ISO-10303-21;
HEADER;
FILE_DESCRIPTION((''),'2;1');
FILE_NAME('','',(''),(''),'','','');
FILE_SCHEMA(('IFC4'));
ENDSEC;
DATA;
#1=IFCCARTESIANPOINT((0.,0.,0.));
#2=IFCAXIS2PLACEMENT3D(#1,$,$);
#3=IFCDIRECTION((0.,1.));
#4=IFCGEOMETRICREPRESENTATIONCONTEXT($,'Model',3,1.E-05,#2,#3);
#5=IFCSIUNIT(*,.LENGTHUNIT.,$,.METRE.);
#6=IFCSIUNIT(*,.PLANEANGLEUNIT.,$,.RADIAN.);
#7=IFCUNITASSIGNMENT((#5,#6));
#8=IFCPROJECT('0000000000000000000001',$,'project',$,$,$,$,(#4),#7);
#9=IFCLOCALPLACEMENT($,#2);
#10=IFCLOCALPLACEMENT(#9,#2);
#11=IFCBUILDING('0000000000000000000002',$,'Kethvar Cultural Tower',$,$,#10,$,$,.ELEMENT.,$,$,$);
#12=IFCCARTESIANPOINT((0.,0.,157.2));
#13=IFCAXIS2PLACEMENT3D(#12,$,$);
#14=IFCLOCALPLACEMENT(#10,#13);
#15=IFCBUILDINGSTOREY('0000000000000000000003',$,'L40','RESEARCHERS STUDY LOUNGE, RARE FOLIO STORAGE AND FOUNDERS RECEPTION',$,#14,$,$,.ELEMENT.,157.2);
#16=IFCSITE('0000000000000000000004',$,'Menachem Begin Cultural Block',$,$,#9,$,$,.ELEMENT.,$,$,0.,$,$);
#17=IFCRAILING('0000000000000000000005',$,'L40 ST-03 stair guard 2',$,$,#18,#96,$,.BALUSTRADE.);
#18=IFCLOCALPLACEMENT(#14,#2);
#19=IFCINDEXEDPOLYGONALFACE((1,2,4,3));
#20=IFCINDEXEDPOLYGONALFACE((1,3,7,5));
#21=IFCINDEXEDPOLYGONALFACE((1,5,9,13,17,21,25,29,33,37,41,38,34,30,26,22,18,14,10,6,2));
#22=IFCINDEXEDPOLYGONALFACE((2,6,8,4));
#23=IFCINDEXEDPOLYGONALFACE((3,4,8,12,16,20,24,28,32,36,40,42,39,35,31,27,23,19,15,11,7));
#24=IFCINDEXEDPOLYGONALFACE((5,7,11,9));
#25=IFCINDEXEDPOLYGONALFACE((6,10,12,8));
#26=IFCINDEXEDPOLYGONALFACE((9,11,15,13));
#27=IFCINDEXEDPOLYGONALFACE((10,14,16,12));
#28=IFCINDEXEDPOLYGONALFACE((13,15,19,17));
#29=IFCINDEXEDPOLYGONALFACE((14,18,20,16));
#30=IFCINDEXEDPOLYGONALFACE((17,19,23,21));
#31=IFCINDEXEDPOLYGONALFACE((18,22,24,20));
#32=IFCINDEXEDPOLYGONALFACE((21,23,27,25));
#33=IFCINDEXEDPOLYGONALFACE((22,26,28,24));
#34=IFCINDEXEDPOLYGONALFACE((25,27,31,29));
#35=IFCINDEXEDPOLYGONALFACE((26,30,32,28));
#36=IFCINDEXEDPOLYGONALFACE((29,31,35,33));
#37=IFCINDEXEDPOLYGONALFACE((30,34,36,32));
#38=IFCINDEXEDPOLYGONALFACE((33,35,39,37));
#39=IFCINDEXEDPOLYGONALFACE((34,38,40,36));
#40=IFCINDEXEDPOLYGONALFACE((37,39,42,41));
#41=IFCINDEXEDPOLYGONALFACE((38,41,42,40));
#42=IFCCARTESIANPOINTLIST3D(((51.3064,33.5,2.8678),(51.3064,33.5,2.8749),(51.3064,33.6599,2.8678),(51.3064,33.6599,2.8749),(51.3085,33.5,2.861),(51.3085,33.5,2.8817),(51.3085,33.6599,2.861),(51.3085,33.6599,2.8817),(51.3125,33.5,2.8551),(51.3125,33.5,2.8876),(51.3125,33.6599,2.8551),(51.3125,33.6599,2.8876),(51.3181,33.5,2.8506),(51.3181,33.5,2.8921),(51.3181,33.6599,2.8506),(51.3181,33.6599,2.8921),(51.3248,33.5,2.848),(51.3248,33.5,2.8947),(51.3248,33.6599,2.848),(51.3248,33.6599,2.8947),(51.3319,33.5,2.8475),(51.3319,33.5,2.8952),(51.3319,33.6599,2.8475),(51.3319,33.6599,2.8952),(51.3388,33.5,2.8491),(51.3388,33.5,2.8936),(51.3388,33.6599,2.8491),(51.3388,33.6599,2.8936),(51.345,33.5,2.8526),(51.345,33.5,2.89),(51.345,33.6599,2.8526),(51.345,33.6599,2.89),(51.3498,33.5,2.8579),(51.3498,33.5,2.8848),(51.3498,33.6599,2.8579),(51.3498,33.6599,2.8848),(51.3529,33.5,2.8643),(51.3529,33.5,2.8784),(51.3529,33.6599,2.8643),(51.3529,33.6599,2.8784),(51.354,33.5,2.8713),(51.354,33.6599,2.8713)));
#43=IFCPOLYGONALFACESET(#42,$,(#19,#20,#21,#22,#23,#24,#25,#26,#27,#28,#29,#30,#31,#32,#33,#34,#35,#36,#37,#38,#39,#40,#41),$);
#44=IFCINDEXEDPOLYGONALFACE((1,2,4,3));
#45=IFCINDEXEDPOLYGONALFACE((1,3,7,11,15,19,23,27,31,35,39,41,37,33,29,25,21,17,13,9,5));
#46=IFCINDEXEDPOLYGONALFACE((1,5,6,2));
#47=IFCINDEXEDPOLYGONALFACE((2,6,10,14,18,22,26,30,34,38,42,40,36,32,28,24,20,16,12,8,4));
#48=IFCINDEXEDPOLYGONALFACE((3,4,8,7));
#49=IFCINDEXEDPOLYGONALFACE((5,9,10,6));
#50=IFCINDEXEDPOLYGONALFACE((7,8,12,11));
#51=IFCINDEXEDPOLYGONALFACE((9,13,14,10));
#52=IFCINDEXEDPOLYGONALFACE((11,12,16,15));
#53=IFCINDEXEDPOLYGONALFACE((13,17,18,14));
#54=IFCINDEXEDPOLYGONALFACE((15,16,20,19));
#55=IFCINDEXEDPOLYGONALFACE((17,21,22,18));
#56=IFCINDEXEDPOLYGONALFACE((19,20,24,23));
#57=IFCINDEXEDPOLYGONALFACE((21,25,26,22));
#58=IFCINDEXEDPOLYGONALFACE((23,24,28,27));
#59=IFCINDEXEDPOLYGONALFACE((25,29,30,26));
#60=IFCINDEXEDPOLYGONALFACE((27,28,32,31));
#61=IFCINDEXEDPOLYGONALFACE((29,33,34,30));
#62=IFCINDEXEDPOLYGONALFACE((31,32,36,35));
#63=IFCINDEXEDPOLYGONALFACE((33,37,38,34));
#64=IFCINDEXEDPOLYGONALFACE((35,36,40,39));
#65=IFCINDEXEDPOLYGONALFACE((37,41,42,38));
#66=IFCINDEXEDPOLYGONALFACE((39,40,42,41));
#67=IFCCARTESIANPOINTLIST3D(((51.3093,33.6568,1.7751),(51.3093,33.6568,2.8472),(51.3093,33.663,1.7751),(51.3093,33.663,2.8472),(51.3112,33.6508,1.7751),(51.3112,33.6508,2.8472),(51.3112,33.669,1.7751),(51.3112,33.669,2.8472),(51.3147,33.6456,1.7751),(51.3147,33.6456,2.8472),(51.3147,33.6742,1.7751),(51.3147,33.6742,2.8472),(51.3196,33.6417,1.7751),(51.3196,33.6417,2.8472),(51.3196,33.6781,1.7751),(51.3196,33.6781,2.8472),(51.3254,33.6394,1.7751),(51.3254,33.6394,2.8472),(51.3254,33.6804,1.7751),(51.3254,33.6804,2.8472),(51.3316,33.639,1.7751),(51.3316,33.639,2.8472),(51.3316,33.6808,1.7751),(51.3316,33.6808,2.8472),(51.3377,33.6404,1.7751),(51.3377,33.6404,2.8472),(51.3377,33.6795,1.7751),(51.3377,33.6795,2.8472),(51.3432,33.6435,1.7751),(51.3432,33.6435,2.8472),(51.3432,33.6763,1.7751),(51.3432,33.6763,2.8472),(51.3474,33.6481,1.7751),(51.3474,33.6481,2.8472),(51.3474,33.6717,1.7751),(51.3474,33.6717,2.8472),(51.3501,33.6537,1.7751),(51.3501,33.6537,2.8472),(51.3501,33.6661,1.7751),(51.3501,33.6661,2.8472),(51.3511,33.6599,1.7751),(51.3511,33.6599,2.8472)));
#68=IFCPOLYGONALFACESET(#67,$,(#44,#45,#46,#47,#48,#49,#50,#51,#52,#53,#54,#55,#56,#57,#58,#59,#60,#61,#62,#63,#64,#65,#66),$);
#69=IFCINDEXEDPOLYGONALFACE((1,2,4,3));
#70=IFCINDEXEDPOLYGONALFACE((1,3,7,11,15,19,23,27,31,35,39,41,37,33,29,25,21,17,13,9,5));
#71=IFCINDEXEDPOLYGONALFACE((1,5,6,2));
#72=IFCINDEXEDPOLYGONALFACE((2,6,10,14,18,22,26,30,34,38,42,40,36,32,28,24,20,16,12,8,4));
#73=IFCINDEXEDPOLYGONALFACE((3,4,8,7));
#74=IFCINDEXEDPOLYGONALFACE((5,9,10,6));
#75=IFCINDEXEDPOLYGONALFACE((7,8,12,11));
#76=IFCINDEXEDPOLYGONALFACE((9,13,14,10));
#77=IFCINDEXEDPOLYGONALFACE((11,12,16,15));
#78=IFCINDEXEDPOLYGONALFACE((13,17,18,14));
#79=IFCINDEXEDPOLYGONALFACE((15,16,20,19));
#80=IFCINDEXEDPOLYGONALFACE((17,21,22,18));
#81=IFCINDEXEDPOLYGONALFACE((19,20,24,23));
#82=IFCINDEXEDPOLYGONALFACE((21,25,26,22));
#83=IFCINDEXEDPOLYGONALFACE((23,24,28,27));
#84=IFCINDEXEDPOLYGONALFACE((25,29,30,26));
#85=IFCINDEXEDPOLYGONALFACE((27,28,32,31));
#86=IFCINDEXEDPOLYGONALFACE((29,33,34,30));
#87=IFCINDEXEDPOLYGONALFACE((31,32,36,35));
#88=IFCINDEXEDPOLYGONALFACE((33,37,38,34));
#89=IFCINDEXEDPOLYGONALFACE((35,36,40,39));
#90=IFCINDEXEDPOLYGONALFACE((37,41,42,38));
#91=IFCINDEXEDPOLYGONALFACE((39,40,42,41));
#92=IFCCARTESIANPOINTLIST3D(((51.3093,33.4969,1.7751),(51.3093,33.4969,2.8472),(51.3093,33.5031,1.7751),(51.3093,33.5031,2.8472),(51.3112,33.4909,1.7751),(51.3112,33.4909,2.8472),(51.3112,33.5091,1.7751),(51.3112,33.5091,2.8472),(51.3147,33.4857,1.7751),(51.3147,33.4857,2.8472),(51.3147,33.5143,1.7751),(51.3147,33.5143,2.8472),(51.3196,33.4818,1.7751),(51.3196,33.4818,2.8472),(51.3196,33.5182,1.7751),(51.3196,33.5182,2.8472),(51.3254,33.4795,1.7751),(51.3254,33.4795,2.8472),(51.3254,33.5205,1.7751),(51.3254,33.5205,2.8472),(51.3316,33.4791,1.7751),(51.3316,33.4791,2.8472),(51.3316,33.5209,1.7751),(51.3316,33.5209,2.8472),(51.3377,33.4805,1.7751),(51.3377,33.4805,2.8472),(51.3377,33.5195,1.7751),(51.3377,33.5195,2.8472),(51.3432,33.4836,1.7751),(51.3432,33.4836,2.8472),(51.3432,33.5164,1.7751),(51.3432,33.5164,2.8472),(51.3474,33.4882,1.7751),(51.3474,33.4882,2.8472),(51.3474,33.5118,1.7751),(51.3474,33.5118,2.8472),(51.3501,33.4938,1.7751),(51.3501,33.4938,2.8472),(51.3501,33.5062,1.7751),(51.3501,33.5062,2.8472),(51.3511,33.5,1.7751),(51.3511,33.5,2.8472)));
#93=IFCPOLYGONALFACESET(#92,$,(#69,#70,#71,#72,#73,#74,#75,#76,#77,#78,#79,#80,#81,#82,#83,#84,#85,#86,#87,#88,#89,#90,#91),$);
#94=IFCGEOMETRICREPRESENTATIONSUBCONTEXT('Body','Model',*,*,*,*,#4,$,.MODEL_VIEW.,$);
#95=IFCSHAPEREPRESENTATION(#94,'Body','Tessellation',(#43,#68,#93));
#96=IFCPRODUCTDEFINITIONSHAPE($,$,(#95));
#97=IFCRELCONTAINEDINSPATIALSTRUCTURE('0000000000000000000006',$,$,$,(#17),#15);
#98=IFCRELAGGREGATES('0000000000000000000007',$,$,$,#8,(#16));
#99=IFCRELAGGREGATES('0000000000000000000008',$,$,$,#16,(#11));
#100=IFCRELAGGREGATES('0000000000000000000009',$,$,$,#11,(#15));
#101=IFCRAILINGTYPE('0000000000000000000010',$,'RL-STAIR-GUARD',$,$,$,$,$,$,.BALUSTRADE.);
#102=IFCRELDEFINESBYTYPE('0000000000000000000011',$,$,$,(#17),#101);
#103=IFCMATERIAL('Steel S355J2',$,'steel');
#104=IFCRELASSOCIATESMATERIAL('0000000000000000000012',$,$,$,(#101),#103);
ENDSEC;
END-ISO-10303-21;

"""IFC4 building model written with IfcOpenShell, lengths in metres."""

from ifc_helpers import new_model, si_unit, direction, frame, origin, origin_2d, place, context, subcontext, project, spatial, circle, extrude, material, type_object, element, save


model = new_model("IFC4")

# Units and contexts
model_context = context("Model", 3, precision=1e-05, world=origin(), true_north=direction((0.0, 1.0)))
body_context = subcontext(model_context, "Body", "Model", "MODEL_VIEW")
ifc_project = project(units=[si_unit("LENGTHUNIT", "METRE"), si_unit("PLANEANGLEUNIT", "RADIAN")], contexts=[model_context])

# Site, building, storey
site_placement = place(None, origin())
site = spatial("IfcSite", under=ifc_project, at=site_placement, Name="Menachem Begin Cultural Block", CompositionType="ELEMENT", RefElevation=0.0)
building_placement = place(site_placement, origin())
building = spatial("IfcBuilding", under=site, at=building_placement, Name="Kethvar Cultural Tower", CompositionType="ELEMENT")
storey_placement = place(building_placement, frame((0.0, 0.0, 157.2)))
storey = spatial("IfcBuildingStorey", under=building, at=storey_placement, Name="L40", Description="RESEARCHERS STUDY LOUNGE, RARE FOLIO STORAGE AND FOUNDERS RECEPTION", CompositionType="ELEMENT", Elevation=157.2)

# Shared definitions
ifc_material_1 = material(Name="Steel S355J2", Category="steel")

# Railing
railing_type_1 = type_object("IfcRailingType", Name="RL-STAIR-GUARD", PredefinedType="BALUSTRADE", material=ifc_material_1)
railing_1_placement = place(storey_placement, frame((51.3301, 33.6599, 1.7751)))
element("IfcRailing", 1, at=railing_1_placement, inside=storey, type_object=railing_type_1, Name="L40 ST-03 stair guard 2", PredefinedType="BALUSTRADE", context=body_context, shape_type="SweptSolid", body=[
    extrude(circle(Radius=0.0239, at=origin_2d()), frame((0.0, 0.0, 1.0962), z_axis=(0.0, -1.0, 0.0), x_axis=(1.0, 0.0, 0.0)), (0.0, 0.0, 1.0), 0.1599),
    extrude(circle(Radius=0.021, at=origin_2d()), origin(), (0.0, 0.0, 1.0), 1.072),
    extrude(circle(Radius=0.021, at=origin_2d()), frame((0.0, -0.1599, 0.0)), (0.0, 0.0, 1.0), 1.072),
])

save(model, "model.ifc")
